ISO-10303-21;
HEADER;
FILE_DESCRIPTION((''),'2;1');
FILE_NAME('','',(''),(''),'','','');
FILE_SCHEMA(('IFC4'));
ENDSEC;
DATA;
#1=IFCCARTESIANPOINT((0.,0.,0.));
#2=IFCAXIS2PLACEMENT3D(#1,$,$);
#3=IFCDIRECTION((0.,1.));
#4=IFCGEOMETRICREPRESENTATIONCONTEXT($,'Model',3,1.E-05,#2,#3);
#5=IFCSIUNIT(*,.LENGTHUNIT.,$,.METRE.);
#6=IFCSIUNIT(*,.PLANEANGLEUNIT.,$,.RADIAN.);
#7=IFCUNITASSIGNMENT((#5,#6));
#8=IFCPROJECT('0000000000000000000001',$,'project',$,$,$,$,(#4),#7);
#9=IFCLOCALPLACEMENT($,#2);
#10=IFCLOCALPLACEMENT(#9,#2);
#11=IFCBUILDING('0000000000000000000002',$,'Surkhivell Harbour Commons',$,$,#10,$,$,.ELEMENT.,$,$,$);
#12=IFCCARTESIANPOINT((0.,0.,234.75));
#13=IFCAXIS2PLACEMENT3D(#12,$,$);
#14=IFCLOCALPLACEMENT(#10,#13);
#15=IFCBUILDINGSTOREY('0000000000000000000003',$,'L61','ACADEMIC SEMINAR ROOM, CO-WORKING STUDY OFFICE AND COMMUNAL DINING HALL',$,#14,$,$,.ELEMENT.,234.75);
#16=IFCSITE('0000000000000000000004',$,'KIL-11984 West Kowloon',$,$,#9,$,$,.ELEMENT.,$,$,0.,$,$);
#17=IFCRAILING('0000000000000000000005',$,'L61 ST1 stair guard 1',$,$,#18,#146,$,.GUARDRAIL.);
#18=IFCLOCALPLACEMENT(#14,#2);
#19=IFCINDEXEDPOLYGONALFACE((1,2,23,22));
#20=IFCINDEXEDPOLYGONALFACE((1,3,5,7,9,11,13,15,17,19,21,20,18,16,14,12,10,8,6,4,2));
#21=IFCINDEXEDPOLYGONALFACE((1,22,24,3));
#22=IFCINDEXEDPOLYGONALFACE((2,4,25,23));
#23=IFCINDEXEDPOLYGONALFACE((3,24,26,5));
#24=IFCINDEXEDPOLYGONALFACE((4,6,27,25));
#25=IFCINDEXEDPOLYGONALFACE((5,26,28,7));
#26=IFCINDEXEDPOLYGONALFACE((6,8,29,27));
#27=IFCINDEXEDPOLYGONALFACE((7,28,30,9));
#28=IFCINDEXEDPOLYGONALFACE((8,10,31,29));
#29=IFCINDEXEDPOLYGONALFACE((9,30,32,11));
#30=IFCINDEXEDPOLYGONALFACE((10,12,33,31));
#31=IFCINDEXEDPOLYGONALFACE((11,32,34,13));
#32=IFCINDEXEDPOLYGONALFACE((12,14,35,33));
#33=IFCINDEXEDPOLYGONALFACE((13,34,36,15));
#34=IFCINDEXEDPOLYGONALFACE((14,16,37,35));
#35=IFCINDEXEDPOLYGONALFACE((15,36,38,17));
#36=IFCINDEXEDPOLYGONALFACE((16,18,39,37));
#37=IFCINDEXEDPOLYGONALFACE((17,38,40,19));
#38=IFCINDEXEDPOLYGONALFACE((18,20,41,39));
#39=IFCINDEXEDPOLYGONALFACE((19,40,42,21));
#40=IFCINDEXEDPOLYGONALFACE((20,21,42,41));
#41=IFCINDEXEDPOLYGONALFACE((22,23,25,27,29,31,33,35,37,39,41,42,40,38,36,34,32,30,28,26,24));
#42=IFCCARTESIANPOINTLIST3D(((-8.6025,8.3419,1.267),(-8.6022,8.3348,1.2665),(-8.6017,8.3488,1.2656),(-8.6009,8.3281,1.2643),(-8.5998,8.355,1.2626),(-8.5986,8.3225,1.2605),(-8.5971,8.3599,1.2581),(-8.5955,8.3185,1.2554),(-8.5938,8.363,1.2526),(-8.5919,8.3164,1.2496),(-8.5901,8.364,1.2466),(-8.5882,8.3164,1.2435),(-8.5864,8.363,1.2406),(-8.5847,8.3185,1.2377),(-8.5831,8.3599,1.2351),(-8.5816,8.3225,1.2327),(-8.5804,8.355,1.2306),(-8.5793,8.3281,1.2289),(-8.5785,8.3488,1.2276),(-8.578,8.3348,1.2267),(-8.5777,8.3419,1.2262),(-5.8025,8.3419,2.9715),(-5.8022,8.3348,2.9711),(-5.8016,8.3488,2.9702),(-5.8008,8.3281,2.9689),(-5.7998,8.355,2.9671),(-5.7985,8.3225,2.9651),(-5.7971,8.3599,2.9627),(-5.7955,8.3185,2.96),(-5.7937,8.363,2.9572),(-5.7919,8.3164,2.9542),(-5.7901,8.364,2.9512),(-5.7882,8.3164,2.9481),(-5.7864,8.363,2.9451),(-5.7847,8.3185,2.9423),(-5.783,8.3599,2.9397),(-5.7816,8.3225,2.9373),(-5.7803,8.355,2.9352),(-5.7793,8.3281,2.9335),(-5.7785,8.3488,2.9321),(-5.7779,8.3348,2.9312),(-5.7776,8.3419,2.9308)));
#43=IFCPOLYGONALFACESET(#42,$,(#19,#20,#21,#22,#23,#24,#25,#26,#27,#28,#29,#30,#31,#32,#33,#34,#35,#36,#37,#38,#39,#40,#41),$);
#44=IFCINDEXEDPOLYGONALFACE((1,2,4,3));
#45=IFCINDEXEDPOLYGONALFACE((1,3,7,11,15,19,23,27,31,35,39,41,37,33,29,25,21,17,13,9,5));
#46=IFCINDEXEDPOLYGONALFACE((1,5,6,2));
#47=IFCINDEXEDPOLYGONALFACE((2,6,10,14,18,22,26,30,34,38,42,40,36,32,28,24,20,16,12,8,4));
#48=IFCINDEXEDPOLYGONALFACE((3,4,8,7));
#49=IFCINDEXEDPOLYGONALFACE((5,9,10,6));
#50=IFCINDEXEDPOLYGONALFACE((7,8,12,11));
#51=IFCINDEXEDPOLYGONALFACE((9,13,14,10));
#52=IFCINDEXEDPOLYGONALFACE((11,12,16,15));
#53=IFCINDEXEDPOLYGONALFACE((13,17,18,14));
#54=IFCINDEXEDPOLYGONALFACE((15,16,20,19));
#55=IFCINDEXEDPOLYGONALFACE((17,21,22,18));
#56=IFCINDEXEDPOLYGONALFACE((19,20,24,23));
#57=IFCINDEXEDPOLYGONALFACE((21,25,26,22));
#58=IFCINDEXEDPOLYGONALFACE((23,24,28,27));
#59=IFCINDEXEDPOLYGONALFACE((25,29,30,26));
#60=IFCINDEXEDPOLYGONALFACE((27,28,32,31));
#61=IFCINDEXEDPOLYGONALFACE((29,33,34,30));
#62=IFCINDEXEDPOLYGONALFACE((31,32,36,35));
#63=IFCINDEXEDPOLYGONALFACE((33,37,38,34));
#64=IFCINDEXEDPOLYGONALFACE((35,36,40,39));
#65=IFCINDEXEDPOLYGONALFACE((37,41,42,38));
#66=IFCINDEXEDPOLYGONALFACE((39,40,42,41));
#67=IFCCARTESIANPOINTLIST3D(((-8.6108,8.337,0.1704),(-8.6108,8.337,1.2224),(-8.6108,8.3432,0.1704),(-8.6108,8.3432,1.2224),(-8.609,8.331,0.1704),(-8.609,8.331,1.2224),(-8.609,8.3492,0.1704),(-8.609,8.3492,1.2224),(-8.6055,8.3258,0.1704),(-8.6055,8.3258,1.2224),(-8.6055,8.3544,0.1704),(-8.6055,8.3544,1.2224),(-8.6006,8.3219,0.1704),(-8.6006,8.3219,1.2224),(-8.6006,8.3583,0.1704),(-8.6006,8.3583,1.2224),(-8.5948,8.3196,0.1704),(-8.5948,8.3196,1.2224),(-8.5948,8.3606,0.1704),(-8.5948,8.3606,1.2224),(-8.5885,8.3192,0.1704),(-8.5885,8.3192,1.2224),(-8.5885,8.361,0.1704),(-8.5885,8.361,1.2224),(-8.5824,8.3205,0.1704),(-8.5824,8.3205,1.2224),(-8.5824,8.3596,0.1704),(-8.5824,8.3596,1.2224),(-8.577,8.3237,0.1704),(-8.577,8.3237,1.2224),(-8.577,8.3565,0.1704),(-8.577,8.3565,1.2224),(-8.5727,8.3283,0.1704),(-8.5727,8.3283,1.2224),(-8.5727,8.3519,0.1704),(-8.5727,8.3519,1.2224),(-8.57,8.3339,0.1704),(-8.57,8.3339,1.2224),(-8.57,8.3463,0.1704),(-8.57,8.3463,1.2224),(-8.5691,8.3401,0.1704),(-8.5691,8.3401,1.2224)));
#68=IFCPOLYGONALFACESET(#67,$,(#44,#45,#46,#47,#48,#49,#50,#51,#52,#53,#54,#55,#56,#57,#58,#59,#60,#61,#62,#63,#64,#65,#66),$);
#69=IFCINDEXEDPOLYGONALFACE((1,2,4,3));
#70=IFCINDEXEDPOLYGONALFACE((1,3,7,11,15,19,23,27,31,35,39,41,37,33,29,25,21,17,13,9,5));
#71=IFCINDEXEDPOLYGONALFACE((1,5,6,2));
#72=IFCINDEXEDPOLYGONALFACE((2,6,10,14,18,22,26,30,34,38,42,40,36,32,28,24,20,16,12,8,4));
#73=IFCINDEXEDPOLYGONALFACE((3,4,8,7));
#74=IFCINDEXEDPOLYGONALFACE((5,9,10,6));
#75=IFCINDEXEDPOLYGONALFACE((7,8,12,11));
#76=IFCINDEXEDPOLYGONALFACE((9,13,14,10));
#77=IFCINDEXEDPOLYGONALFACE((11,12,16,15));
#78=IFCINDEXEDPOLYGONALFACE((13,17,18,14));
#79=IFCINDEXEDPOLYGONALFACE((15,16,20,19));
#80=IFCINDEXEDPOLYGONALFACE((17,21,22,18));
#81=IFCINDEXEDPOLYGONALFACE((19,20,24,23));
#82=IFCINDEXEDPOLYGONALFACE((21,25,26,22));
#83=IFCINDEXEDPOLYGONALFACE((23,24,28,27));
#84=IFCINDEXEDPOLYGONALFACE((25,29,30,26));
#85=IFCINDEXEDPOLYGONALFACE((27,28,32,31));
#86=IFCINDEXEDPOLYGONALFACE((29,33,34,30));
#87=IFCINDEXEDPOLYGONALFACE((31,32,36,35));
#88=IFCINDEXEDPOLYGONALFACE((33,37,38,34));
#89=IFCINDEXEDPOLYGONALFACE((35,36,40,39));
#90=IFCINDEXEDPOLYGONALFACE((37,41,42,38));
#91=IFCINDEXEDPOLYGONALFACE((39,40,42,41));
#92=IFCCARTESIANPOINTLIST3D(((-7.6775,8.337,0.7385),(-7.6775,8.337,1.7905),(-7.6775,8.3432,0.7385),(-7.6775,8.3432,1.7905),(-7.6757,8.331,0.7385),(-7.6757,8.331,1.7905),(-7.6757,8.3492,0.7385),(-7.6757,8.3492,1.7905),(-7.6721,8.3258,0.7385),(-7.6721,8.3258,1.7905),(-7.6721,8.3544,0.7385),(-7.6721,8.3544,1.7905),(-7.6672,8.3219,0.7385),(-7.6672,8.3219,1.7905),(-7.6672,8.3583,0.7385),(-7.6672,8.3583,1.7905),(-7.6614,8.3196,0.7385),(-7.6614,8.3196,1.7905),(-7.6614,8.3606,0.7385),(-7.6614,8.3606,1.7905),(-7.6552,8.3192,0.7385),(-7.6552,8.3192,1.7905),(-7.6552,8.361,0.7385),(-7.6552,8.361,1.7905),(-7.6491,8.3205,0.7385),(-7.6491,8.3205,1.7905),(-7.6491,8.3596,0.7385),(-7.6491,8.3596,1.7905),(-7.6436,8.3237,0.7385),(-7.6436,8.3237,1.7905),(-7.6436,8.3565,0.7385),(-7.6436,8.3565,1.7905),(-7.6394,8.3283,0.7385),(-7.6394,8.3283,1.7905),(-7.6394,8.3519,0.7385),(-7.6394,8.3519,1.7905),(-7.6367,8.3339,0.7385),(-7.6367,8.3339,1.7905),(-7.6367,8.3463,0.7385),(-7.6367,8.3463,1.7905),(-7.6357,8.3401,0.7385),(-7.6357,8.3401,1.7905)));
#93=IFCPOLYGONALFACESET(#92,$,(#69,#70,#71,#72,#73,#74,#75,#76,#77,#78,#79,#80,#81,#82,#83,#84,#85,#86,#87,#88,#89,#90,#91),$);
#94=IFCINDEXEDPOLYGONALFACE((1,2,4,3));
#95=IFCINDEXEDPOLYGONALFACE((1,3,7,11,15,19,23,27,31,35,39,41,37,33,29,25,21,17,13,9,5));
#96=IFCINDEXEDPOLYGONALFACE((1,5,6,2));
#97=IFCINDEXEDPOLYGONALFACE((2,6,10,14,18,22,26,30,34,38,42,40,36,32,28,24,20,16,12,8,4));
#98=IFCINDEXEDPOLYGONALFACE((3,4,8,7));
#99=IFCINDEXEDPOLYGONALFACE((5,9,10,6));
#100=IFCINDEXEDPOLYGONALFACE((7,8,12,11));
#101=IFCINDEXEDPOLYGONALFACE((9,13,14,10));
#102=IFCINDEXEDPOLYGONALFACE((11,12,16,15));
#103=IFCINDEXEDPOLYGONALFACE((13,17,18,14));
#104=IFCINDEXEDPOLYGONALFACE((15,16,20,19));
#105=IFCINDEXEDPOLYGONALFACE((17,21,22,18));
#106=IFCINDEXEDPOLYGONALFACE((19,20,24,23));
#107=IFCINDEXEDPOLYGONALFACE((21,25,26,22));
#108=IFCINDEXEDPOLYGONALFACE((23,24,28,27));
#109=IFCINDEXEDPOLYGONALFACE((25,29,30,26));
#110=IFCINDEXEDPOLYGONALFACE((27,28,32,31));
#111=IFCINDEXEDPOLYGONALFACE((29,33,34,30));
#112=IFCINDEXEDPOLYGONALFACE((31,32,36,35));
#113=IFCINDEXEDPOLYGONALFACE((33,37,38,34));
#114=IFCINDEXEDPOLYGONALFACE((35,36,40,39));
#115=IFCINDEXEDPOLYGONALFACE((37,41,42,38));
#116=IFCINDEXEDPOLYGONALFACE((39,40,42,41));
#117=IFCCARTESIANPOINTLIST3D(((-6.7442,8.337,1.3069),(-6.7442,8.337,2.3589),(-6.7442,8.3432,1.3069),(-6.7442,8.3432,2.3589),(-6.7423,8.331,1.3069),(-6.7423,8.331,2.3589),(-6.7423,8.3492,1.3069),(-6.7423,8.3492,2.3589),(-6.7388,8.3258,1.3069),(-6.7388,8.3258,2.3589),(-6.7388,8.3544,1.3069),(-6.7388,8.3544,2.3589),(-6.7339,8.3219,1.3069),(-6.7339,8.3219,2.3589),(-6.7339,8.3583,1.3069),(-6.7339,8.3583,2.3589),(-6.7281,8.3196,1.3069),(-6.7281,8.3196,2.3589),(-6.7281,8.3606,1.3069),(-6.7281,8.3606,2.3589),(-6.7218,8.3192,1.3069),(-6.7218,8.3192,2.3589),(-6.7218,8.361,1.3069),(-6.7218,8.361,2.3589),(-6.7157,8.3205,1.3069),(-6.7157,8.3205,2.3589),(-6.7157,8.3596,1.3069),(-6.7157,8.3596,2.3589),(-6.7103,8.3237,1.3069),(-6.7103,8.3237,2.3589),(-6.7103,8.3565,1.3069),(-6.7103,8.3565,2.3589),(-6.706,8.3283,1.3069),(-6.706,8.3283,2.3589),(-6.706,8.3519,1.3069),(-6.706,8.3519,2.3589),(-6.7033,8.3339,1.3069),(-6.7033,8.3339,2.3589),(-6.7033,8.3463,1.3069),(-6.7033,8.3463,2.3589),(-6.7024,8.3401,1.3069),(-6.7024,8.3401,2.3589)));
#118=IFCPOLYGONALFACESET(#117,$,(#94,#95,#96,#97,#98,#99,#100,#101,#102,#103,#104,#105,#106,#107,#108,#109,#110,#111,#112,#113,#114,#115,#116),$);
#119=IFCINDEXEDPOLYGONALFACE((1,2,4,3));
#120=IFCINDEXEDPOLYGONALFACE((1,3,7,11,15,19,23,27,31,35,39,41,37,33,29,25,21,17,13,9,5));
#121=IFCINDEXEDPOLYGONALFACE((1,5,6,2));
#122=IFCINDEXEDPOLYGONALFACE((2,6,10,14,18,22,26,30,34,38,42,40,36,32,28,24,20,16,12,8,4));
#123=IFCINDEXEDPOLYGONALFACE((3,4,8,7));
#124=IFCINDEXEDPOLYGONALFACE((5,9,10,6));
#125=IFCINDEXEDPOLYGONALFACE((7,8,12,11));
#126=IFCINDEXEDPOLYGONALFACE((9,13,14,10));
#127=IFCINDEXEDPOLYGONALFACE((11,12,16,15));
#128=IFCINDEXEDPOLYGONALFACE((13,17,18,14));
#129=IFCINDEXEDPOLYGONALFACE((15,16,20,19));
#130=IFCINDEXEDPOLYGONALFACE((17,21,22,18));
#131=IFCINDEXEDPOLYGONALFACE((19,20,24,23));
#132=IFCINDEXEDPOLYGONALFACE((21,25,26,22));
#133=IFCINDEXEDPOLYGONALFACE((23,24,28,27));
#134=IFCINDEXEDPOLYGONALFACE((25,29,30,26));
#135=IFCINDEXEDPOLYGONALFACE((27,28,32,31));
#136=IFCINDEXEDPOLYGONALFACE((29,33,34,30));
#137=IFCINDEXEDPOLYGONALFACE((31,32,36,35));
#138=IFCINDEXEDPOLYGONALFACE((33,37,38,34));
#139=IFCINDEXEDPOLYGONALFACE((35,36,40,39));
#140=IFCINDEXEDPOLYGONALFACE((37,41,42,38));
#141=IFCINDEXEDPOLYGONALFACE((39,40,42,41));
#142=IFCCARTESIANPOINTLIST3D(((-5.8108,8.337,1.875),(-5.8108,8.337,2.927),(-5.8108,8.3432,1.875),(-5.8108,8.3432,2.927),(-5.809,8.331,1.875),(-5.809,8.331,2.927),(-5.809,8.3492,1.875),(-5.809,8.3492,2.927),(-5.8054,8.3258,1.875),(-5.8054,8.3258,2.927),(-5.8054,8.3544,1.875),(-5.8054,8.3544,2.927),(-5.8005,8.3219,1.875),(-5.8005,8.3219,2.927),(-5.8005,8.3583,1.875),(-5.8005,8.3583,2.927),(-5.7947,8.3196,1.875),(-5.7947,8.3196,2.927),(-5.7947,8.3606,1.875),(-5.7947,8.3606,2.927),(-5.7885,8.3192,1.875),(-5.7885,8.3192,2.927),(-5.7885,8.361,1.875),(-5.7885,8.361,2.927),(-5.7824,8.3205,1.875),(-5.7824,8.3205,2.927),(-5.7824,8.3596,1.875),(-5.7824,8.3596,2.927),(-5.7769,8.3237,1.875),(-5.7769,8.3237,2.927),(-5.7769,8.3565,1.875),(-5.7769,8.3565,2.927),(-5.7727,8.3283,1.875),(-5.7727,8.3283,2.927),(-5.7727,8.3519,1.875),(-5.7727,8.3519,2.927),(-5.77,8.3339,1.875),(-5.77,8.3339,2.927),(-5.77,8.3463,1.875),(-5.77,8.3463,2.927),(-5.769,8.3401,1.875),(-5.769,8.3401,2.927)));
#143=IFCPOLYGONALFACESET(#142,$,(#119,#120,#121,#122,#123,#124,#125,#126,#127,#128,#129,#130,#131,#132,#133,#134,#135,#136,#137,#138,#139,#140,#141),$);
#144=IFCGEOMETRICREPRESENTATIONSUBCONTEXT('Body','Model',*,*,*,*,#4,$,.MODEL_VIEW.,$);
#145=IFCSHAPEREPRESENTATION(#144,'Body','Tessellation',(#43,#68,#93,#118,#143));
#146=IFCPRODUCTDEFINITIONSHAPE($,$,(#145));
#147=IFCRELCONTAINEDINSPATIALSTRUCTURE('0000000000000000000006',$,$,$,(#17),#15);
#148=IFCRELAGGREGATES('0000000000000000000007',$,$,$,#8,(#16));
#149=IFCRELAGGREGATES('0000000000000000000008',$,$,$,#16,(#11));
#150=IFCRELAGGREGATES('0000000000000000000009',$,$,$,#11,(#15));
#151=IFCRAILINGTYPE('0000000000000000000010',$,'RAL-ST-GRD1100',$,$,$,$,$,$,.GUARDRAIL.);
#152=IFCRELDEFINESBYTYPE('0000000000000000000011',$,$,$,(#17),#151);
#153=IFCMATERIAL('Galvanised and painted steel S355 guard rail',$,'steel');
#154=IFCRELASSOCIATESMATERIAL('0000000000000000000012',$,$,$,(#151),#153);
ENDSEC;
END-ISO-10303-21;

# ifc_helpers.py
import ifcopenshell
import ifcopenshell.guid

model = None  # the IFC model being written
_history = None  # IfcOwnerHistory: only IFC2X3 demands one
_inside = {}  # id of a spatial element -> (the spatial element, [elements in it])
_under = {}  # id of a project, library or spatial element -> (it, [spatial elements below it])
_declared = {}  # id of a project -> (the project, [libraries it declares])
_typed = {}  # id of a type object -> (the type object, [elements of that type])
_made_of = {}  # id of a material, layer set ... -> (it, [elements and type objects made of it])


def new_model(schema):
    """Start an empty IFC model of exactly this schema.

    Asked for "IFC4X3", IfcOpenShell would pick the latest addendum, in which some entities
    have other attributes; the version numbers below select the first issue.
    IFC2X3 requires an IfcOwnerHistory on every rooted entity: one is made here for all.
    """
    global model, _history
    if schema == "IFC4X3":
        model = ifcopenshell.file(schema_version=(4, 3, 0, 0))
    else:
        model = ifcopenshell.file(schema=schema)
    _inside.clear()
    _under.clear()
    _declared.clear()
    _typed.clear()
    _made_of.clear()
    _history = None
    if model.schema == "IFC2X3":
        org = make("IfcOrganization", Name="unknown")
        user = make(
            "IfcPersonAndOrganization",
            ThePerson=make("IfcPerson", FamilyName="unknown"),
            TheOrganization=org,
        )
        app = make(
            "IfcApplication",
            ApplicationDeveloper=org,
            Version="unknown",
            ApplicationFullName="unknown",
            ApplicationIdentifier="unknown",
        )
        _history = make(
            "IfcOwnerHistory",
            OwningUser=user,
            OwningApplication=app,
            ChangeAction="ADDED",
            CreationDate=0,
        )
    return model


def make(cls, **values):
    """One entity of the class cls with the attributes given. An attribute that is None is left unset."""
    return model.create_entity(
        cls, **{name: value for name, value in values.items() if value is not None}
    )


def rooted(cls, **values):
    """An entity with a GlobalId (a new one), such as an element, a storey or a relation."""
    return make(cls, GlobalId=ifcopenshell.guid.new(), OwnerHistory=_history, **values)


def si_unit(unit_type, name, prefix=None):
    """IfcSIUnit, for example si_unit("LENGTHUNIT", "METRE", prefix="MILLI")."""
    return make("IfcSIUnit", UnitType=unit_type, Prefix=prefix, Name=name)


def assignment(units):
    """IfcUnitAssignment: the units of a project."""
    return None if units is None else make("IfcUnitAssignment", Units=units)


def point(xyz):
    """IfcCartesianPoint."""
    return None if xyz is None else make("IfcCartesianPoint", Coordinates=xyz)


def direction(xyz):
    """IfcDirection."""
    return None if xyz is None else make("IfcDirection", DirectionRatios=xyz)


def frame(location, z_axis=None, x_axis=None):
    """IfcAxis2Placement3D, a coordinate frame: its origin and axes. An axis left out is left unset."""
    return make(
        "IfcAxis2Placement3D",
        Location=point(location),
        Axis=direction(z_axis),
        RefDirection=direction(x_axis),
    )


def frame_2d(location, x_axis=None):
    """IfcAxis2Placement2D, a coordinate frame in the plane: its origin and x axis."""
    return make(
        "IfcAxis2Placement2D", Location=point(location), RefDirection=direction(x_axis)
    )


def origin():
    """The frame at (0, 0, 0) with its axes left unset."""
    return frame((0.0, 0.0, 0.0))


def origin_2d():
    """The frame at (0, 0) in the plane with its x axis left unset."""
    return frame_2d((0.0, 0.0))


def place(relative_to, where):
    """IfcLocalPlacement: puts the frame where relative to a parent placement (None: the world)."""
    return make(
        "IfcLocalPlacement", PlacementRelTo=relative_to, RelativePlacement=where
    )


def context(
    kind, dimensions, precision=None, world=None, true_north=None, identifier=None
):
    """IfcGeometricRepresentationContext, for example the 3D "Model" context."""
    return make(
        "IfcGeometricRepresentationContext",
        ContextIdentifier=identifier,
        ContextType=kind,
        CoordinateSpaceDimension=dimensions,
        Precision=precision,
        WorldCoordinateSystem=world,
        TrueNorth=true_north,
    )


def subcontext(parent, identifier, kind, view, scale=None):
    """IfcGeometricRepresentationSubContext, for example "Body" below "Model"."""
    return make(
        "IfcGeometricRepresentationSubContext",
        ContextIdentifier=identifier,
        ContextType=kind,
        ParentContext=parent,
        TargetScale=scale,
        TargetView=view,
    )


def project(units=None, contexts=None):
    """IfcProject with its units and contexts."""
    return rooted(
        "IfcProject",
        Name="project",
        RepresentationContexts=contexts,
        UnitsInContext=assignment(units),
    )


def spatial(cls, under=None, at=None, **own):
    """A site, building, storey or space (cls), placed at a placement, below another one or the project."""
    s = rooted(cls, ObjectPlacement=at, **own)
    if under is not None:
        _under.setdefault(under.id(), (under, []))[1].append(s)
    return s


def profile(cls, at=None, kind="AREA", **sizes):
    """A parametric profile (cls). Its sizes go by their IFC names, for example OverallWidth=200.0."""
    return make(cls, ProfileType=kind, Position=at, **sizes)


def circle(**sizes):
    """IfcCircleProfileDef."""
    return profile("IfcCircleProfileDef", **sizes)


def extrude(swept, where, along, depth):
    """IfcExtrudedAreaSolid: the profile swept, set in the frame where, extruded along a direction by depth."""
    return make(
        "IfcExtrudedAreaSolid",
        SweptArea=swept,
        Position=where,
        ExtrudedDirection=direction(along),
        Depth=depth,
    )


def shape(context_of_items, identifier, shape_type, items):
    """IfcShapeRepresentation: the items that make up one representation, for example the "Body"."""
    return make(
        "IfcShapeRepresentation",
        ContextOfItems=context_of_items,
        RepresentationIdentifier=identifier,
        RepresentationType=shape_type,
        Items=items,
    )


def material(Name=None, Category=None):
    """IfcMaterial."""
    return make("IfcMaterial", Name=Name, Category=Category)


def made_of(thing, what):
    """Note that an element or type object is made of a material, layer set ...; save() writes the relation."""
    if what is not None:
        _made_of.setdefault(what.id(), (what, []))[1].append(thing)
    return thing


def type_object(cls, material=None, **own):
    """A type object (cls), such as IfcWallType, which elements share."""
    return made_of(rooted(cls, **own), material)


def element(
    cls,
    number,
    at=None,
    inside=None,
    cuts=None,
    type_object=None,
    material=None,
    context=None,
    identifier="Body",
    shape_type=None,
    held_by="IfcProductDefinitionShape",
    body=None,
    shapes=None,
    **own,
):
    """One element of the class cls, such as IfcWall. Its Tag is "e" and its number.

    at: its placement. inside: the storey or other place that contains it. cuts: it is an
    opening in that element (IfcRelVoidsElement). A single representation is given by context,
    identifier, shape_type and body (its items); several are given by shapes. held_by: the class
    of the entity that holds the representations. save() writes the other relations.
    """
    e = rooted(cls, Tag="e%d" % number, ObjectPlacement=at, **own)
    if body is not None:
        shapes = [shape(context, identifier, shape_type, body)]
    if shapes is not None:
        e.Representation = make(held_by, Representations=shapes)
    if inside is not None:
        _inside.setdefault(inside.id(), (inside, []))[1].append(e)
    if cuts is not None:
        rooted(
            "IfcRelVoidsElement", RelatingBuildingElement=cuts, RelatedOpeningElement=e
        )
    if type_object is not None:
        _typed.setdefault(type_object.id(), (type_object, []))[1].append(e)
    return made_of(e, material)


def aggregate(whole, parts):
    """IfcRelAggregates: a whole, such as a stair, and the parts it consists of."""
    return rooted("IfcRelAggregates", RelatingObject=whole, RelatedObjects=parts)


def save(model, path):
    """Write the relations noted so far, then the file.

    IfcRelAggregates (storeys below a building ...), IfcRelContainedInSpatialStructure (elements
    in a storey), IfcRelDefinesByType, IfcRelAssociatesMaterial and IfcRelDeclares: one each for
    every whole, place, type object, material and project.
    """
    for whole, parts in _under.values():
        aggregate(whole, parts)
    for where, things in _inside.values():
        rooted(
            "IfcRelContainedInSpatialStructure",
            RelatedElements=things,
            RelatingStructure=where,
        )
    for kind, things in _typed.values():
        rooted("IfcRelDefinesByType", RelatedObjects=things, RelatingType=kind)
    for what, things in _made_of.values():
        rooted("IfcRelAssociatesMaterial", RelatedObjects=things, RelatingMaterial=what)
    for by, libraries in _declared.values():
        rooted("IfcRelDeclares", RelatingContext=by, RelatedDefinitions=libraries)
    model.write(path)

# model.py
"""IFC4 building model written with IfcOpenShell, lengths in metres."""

from ifc_helpers import new_model, si_unit, direction, frame, origin, origin_2d, place, context, subcontext, project, spatial, circle, extrude, material, type_object, element, save


model = new_model("IFC4")

# Units and contexts
model_context = context("Model", 3, precision=1e-05, world=origin(), true_north=direction((0.0, 1.0)))
body_context = subcontext(model_context, "Body", "Model", "MODEL_VIEW")
ifc_project = project(units=[si_unit("LENGTHUNIT", "METRE"), si_unit("PLANEANGLEUNIT", "RADIAN")], contexts=[model_context])

# Site, building, storey
site_placement = place(None, origin())
site = spatial("IfcSite", under=ifc_project, at=site_placement, Name="KIL-11984 West Kowloon", CompositionType="ELEMENT", RefElevation=0.0)
building_placement = place(site_placement, origin())
building = spatial("IfcBuilding", under=site, at=building_placement, Name="Surkhivell Harbour Commons", CompositionType="ELEMENT")
storey_placement = place(building_placement, frame((0.0, 0.0, 234.75)))
storey = spatial("IfcBuildingStorey", under=building, at=storey_placement, Name="L61", Description="ACADEMIC SEMINAR ROOM, CO-WORKING STUDY OFFICE AND COMMUNAL DINING HALL", CompositionType="ELEMENT", Elevation=234.75)

# Railing
ifc_material_1 = material(Name="Galvanised and painted steel S355 guard rail", Category="steel")
railing_type_1 = type_object("IfcRailingType", Name="RAL-ST-GRD1100", PredefinedType="GUARDRAIL", material=ifc_material_1)
railing_1_placement = place(storey_placement, frame((-8.5901, 8.3401, 0.1704)))
element("IfcRailing", 1, at=railing_1_placement, inside=storey, type_object=railing_type_1, Name="L61 ST1 stair guard 1", PredefinedType="GUARDRAIL", context=body_context, shape_type="SweptSolid", body=[
    extrude(circle(Radius=0.0239, at=origin_2d()), frame((0.0, 0.0, 1.0762), z_axis=(0.85417, 0.0, 0.519994), x_axis=(0.0, 1.0, 0.0)), (0.0, 0.0, 1.0), 3.2781),
    extrude(circle(Radius=0.021, at=origin_2d()), origin(), (0.0, 0.0, 1.0), 1.052),
    extrude(circle(Radius=0.021, at=origin_2d()), frame((0.9333, 0.0, 0.5681)), (0.0, 0.0, 1.0), 1.052),
    extrude(circle(Radius=0.021, at=origin_2d()), frame((1.8667, 0.0, 1.1365)), (0.0, 0.0, 1.0), 1.052),
    extrude(circle(Radius=0.021, at=origin_2d()), frame((2.8, 0.0, 1.7046)), (0.0, 0.0, 1.0), 1.052),
])

save(model, "model.ifc")
